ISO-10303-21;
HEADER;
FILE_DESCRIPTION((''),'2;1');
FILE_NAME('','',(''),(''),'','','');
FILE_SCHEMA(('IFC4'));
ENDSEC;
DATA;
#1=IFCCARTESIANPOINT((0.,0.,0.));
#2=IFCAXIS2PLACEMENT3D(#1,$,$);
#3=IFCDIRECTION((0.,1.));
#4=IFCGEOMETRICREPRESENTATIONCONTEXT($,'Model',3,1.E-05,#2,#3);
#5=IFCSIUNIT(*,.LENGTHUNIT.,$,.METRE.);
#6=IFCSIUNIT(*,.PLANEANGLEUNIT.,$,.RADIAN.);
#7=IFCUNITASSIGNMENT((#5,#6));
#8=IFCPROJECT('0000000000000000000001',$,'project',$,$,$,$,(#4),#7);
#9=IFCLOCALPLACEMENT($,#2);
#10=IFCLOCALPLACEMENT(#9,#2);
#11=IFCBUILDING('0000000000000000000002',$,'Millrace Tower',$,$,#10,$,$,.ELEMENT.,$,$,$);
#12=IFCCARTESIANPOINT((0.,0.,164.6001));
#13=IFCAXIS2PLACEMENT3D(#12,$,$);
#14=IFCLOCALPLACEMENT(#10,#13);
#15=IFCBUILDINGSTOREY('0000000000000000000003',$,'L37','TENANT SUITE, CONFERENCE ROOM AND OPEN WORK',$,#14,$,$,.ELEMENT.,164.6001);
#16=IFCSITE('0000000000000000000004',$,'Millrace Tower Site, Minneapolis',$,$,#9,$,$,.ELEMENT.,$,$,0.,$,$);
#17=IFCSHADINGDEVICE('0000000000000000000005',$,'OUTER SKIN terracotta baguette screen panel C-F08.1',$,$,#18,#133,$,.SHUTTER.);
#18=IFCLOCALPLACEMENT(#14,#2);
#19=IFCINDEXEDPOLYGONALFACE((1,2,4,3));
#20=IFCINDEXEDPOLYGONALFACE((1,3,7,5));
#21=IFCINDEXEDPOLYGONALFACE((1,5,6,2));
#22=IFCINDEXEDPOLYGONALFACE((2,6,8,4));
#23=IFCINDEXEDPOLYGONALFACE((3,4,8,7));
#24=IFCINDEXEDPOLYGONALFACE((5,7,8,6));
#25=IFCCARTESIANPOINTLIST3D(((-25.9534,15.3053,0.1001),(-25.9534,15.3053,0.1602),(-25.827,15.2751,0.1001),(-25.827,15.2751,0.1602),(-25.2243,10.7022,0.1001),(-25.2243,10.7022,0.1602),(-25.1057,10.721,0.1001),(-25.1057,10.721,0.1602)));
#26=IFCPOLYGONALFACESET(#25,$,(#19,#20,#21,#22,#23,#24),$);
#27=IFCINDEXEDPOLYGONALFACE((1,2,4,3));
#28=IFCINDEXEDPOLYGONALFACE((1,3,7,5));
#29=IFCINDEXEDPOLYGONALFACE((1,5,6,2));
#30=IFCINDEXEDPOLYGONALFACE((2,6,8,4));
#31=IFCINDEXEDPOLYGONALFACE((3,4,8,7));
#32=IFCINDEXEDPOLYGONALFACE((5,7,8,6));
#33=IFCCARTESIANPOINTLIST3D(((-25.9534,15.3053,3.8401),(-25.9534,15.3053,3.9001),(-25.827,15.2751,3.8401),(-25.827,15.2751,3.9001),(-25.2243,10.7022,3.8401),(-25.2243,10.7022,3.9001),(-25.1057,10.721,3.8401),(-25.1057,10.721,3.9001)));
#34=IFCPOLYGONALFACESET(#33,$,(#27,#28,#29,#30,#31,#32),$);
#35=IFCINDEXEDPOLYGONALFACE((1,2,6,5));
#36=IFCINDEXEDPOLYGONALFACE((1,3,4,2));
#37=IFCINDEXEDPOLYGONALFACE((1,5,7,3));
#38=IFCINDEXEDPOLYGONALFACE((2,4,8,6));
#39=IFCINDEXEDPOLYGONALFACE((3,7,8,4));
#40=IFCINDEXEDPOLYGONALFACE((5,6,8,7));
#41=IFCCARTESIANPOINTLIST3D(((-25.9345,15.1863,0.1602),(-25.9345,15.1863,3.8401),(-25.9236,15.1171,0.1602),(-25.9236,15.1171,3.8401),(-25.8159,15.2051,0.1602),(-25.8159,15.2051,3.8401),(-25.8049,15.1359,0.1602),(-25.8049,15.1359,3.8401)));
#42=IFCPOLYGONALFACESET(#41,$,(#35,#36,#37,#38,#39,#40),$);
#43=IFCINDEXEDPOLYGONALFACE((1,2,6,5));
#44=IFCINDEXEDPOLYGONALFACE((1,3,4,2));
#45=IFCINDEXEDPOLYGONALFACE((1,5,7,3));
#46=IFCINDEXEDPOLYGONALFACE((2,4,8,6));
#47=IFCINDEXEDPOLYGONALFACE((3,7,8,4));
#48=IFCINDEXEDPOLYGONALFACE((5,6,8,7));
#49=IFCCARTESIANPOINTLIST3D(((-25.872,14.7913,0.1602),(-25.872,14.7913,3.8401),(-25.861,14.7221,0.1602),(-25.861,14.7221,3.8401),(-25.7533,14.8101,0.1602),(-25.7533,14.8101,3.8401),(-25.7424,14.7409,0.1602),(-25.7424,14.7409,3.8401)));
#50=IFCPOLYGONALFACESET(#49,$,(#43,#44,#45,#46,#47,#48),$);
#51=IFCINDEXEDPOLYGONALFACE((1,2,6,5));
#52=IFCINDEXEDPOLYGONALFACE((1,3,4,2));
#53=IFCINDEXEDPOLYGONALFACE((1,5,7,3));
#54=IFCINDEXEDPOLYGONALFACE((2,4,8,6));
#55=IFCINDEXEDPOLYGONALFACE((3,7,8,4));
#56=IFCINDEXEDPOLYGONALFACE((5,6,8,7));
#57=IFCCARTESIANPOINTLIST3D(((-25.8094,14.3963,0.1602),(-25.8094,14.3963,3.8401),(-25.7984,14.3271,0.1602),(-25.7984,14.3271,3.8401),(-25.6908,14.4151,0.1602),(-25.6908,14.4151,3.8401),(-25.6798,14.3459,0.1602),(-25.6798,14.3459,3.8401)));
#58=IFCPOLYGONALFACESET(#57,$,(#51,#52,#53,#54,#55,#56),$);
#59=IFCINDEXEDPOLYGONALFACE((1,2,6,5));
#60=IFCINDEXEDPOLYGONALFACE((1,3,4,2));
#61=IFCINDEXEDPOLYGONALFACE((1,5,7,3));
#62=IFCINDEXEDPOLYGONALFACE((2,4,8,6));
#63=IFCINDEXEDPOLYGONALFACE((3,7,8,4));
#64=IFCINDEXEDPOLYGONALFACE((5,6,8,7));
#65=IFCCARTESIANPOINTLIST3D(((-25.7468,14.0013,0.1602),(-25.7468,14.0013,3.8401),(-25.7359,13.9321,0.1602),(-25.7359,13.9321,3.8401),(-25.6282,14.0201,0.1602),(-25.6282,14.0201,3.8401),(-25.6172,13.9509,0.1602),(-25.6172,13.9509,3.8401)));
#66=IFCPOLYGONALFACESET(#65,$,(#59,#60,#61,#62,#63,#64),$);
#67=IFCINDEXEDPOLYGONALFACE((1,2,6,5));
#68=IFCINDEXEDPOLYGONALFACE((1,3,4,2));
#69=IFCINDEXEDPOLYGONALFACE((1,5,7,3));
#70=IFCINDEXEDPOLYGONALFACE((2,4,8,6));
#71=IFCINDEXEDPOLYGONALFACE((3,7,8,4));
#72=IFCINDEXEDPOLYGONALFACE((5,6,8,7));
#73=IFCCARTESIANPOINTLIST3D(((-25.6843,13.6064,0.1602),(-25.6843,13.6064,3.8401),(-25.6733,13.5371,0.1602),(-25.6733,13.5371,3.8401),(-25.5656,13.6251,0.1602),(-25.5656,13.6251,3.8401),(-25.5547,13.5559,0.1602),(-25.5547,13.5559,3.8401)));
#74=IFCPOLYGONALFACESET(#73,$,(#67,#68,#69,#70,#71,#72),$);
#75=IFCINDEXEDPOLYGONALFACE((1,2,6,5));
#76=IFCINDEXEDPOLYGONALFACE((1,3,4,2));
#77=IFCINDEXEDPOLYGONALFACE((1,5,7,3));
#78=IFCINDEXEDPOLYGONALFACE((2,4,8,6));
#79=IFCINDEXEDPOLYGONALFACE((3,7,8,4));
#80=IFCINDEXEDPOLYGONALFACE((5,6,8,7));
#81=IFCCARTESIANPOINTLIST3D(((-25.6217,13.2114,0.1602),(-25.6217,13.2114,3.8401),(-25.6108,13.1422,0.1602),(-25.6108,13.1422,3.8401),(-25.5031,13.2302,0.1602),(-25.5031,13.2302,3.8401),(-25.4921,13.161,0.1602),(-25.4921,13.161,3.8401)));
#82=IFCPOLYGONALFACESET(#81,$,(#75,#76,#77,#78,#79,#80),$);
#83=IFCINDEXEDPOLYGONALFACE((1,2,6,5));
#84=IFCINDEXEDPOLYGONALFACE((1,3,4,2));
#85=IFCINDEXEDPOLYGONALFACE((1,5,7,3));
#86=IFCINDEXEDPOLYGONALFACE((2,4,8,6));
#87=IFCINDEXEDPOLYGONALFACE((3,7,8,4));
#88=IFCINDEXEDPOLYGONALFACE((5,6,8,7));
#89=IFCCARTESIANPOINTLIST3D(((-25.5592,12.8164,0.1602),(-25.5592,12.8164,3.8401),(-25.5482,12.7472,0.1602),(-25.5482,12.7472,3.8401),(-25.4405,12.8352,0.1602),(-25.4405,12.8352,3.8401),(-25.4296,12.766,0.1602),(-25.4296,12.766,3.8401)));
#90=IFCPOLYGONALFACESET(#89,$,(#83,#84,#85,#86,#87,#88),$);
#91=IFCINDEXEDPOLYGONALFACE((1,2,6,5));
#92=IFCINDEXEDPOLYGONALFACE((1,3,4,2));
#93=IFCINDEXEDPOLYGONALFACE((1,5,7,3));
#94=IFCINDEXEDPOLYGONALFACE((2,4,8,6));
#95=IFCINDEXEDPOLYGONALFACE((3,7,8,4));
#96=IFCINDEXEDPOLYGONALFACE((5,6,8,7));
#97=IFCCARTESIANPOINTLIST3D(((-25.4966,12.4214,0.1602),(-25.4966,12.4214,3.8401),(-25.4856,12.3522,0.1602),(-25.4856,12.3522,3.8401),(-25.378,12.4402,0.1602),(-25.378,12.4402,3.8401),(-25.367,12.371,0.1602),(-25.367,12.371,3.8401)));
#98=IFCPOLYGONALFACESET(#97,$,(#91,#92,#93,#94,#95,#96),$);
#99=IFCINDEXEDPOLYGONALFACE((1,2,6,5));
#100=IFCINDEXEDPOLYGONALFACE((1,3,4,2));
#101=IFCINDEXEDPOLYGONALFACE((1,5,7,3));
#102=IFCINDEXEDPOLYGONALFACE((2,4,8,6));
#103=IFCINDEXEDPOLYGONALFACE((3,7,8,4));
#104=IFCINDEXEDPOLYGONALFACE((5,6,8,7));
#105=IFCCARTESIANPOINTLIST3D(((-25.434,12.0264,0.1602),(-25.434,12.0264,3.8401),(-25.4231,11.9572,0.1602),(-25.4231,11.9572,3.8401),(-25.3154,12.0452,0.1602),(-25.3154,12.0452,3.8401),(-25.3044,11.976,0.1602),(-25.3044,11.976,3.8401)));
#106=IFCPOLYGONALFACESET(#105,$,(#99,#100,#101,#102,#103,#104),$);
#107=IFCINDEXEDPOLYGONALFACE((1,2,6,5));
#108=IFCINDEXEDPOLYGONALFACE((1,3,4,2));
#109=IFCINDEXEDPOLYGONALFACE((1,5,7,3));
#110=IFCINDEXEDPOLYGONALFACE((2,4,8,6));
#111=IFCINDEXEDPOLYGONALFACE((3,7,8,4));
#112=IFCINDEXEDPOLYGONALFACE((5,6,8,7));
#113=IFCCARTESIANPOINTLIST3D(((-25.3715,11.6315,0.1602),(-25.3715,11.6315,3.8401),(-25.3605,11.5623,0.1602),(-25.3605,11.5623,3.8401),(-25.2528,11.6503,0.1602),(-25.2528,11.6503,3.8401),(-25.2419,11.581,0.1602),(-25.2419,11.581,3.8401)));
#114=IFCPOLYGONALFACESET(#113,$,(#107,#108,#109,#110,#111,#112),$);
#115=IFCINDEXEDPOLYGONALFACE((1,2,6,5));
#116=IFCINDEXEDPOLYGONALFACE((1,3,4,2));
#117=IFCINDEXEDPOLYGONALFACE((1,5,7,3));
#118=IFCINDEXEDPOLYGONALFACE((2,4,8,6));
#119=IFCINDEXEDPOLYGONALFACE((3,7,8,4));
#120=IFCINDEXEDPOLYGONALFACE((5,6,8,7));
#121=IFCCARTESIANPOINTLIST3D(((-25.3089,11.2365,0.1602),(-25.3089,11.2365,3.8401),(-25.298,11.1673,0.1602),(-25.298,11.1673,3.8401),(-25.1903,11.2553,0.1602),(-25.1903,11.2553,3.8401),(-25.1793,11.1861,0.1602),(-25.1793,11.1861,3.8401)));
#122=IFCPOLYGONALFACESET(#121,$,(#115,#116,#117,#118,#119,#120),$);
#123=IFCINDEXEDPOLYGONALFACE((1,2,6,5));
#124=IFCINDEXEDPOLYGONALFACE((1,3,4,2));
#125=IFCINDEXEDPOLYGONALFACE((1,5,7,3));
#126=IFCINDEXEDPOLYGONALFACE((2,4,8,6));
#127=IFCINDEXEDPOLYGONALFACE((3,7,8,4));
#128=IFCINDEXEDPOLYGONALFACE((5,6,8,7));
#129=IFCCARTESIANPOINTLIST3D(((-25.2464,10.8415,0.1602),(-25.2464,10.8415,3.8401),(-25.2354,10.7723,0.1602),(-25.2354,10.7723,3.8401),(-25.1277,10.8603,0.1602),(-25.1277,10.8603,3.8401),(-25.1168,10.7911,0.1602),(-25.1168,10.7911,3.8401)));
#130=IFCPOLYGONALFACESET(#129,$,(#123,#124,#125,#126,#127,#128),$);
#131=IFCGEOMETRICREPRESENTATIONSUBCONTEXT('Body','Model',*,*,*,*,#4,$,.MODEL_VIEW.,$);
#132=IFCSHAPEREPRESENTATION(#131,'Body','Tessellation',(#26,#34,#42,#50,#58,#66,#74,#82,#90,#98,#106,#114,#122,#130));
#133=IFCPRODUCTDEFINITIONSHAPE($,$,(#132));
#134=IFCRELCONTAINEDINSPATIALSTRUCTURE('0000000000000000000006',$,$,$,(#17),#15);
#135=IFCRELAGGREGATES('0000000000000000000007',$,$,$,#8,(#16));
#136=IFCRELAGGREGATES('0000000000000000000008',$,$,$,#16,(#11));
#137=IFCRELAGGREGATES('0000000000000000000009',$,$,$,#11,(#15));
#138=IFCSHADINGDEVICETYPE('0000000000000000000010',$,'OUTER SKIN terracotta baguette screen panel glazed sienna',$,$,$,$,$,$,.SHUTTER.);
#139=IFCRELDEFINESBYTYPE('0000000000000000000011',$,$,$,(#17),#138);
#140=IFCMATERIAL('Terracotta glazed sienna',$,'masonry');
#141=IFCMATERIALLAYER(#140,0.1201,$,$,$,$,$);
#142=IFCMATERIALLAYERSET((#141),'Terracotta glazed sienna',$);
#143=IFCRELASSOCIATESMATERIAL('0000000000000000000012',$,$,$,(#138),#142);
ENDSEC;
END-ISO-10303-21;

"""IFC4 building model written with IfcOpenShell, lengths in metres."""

from ifc_helpers import new_model, entity, si_unit, direction, frame, frame_2d, origin, place, context, subcontext, project, spatial, rectangle, extrude, source, transform, mapped, material, layer, layer_set, type_object, element, save


model = new_model("IFC4")

# Units and contexts
model_context = context("Model", 3, precision=1e-05, world=origin(), true_north=direction((0.0, 1.0)))
body_context = subcontext(model_context, "Body", "Model", "MODEL_VIEW")
ifc_project = project(units=[si_unit("LENGTHUNIT", "METRE"), si_unit("PLANEANGLEUNIT", "RADIAN")], contexts=[model_context])

# Site, building, storey
site_placement = place(None, origin())
site = spatial("IfcSite", under=ifc_project, at=site_placement, Name="Millrace Tower Site, Minneapolis", CompositionType="ELEMENT", RefElevation=0.0)
building_placement = place(site_placement, origin())
building = spatial("IfcBuilding", under=site, at=building_placement, Name="Millrace Tower", CompositionType="ELEMENT")
storey_placement = place(building_placement, frame((0.0, 0.0, 164.6001)))
storey = spatial("IfcBuildingStorey", under=building, at=storey_placement, Name="L37", Description="TENANT SUITE, CONFERENCE ROOM AND OPEN WORK", CompositionType="ELEMENT", Elevation=164.6001)

# Shading device
ifc_material_1 = material(Name="Terracotta glazed sienna", Category="masonry")
ifc_layer_1 = layer(ifc_material_1, 0.1201)
ifc_layer_set_1 = layer_set([ifc_layer_1], Name="Terracotta glazed sienna")
shading_device_type = type_object("IfcShadingDeviceType", Name="OUTER SKIN terracotta baguette screen panel glazed sienna", PredefinedType="SHUTTER", material=ifc_layer_set_1)
cartesian_point_1 = entity("IfcCartesianPoint", [-2.293, 0.0601])
shared_polyline_1 = entity("IfcPolyline", [cartesian_point_1, entity("IfcCartesianPoint", [2.3179, 0.0601]), entity("IfcCartesianPoint", [2.3179, -0.0601]), entity("IfcCartesianPoint", [-2.3425, -0.0601]), cartesian_point_1])
shared_shape_1 = source(origin(), body_context, "Body", "SweptSolid", [
    entity("IfcExtrudedAreaSolid", entity("IfcArbitraryClosedProfileDef", "AREA", None, shared_polyline_1), entity("IfcAxis2Placement3D", entity("IfcCartesianPoint", [0.0, 0.0, 0.0])), entity("IfcDirection", [0.0, 0.0, 1.0]), 0.0601),
    entity("IfcExtrudedAreaSolid", entity("IfcArbitraryClosedProfileDef", "AREA", None, shared_polyline_1), entity("IfcAxis2Placement3D", entity("IfcCartesianPoint", [0.0, 0.0, 3.74])), entity("IfcDirection", [0.0, 0.0, 1.0]), 0.0601),
    extrude(rectangle(XDim=0.0701, YDim=0.1201, at=frame_2d((-2.187, 0.0))), frame((0.0, 0.0, 0.0601)), (0.0, 0.0, 1.0), 3.6799),
    extrude(rectangle(XDim=0.0701, YDim=0.1201, at=frame_2d((-1.7871, 0.0))), frame((0.0, 0.0, 0.0601)), (0.0, 0.0, 1.0), 3.6799),
    extrude(rectangle(XDim=0.0701, YDim=0.1201, at=frame_2d((-1.3872, 0.0))), frame((0.0, 0.0, 0.0601)), (0.0, 0.0, 1.0), 3.6799),
    extrude(rectangle(XDim=0.0701, YDim=0.1201, at=frame_2d((-0.9873, 0.0))), frame((0.0, 0.0, 0.0601)), (0.0, 0.0, 1.0), 3.6799),
    extrude(rectangle(XDim=0.0701, YDim=0.1201, at=frame_2d((-0.5874, 0.0))), frame((0.0, 0.0, 0.0601)), (0.0, 0.0, 1.0), 3.6799),
    extrude(rectangle(XDim=0.0701, YDim=0.1201, at=frame_2d((-0.1875, 0.0))), frame((0.0, 0.0, 0.0601)), (0.0, 0.0, 1.0), 3.6799),
    extrude(rectangle(XDim=0.0701, YDim=0.1201, at=frame_2d((0.2124, 0.0))), frame((0.0, 0.0, 0.0601)), (0.0, 0.0, 1.0), 3.6799),
    extrude(rectangle(XDim=0.0701, YDim=0.1201, at=frame_2d((0.6123, 0.0))), frame((0.0, 0.0, 0.0601)), (0.0, 0.0, 1.0), 3.6799),
    extrude(rectangle(XDim=0.0701, YDim=0.1201, at=frame_2d((1.0122, 0.0))), frame((0.0, 0.0, 0.0601)), (0.0, 0.0, 1.0), 3.6799),
    extrude(rectangle(XDim=0.0701, YDim=0.1201, at=frame_2d((1.4121, 0.0))), frame((0.0, 0.0, 0.0601)), (0.0, 0.0, 1.0), 3.6799),
    extrude(rectangle(XDim=0.0701, YDim=0.1201, at=frame_2d((1.812, 0.0))), frame((0.0, 0.0, 0.0601)), (0.0, 0.0, 1.0), 3.6799),
    extrude(rectangle(XDim=0.0701, YDim=0.1201, at=frame_2d((2.2119, 0.0))), frame((0.0, 0.0, 0.0601)), (0.0, 0.0, 1.0), 3.6799),
])
shading_device_1_placement = place(storey_placement, frame((-25.5276, 13.001, 0.1001), z_axis=(0.0, 0.0, 1.0), x_axis=(0.156434, -0.987688, 0.0)))
element("IfcShadingDevice", 1, at=shading_device_1_placement, inside=storey, type_object=shading_device_type, Name="OUTER SKIN terracotta baguette screen panel C-F08.1", PredefinedType="SHUTTER", context=body_context, shape_type="MappedRepresentation", body=[
    mapped(shared_shape_1, transform((0.0, 0.0, 0.0), scale=1.0)),
])

save(model, "model.ifc")
